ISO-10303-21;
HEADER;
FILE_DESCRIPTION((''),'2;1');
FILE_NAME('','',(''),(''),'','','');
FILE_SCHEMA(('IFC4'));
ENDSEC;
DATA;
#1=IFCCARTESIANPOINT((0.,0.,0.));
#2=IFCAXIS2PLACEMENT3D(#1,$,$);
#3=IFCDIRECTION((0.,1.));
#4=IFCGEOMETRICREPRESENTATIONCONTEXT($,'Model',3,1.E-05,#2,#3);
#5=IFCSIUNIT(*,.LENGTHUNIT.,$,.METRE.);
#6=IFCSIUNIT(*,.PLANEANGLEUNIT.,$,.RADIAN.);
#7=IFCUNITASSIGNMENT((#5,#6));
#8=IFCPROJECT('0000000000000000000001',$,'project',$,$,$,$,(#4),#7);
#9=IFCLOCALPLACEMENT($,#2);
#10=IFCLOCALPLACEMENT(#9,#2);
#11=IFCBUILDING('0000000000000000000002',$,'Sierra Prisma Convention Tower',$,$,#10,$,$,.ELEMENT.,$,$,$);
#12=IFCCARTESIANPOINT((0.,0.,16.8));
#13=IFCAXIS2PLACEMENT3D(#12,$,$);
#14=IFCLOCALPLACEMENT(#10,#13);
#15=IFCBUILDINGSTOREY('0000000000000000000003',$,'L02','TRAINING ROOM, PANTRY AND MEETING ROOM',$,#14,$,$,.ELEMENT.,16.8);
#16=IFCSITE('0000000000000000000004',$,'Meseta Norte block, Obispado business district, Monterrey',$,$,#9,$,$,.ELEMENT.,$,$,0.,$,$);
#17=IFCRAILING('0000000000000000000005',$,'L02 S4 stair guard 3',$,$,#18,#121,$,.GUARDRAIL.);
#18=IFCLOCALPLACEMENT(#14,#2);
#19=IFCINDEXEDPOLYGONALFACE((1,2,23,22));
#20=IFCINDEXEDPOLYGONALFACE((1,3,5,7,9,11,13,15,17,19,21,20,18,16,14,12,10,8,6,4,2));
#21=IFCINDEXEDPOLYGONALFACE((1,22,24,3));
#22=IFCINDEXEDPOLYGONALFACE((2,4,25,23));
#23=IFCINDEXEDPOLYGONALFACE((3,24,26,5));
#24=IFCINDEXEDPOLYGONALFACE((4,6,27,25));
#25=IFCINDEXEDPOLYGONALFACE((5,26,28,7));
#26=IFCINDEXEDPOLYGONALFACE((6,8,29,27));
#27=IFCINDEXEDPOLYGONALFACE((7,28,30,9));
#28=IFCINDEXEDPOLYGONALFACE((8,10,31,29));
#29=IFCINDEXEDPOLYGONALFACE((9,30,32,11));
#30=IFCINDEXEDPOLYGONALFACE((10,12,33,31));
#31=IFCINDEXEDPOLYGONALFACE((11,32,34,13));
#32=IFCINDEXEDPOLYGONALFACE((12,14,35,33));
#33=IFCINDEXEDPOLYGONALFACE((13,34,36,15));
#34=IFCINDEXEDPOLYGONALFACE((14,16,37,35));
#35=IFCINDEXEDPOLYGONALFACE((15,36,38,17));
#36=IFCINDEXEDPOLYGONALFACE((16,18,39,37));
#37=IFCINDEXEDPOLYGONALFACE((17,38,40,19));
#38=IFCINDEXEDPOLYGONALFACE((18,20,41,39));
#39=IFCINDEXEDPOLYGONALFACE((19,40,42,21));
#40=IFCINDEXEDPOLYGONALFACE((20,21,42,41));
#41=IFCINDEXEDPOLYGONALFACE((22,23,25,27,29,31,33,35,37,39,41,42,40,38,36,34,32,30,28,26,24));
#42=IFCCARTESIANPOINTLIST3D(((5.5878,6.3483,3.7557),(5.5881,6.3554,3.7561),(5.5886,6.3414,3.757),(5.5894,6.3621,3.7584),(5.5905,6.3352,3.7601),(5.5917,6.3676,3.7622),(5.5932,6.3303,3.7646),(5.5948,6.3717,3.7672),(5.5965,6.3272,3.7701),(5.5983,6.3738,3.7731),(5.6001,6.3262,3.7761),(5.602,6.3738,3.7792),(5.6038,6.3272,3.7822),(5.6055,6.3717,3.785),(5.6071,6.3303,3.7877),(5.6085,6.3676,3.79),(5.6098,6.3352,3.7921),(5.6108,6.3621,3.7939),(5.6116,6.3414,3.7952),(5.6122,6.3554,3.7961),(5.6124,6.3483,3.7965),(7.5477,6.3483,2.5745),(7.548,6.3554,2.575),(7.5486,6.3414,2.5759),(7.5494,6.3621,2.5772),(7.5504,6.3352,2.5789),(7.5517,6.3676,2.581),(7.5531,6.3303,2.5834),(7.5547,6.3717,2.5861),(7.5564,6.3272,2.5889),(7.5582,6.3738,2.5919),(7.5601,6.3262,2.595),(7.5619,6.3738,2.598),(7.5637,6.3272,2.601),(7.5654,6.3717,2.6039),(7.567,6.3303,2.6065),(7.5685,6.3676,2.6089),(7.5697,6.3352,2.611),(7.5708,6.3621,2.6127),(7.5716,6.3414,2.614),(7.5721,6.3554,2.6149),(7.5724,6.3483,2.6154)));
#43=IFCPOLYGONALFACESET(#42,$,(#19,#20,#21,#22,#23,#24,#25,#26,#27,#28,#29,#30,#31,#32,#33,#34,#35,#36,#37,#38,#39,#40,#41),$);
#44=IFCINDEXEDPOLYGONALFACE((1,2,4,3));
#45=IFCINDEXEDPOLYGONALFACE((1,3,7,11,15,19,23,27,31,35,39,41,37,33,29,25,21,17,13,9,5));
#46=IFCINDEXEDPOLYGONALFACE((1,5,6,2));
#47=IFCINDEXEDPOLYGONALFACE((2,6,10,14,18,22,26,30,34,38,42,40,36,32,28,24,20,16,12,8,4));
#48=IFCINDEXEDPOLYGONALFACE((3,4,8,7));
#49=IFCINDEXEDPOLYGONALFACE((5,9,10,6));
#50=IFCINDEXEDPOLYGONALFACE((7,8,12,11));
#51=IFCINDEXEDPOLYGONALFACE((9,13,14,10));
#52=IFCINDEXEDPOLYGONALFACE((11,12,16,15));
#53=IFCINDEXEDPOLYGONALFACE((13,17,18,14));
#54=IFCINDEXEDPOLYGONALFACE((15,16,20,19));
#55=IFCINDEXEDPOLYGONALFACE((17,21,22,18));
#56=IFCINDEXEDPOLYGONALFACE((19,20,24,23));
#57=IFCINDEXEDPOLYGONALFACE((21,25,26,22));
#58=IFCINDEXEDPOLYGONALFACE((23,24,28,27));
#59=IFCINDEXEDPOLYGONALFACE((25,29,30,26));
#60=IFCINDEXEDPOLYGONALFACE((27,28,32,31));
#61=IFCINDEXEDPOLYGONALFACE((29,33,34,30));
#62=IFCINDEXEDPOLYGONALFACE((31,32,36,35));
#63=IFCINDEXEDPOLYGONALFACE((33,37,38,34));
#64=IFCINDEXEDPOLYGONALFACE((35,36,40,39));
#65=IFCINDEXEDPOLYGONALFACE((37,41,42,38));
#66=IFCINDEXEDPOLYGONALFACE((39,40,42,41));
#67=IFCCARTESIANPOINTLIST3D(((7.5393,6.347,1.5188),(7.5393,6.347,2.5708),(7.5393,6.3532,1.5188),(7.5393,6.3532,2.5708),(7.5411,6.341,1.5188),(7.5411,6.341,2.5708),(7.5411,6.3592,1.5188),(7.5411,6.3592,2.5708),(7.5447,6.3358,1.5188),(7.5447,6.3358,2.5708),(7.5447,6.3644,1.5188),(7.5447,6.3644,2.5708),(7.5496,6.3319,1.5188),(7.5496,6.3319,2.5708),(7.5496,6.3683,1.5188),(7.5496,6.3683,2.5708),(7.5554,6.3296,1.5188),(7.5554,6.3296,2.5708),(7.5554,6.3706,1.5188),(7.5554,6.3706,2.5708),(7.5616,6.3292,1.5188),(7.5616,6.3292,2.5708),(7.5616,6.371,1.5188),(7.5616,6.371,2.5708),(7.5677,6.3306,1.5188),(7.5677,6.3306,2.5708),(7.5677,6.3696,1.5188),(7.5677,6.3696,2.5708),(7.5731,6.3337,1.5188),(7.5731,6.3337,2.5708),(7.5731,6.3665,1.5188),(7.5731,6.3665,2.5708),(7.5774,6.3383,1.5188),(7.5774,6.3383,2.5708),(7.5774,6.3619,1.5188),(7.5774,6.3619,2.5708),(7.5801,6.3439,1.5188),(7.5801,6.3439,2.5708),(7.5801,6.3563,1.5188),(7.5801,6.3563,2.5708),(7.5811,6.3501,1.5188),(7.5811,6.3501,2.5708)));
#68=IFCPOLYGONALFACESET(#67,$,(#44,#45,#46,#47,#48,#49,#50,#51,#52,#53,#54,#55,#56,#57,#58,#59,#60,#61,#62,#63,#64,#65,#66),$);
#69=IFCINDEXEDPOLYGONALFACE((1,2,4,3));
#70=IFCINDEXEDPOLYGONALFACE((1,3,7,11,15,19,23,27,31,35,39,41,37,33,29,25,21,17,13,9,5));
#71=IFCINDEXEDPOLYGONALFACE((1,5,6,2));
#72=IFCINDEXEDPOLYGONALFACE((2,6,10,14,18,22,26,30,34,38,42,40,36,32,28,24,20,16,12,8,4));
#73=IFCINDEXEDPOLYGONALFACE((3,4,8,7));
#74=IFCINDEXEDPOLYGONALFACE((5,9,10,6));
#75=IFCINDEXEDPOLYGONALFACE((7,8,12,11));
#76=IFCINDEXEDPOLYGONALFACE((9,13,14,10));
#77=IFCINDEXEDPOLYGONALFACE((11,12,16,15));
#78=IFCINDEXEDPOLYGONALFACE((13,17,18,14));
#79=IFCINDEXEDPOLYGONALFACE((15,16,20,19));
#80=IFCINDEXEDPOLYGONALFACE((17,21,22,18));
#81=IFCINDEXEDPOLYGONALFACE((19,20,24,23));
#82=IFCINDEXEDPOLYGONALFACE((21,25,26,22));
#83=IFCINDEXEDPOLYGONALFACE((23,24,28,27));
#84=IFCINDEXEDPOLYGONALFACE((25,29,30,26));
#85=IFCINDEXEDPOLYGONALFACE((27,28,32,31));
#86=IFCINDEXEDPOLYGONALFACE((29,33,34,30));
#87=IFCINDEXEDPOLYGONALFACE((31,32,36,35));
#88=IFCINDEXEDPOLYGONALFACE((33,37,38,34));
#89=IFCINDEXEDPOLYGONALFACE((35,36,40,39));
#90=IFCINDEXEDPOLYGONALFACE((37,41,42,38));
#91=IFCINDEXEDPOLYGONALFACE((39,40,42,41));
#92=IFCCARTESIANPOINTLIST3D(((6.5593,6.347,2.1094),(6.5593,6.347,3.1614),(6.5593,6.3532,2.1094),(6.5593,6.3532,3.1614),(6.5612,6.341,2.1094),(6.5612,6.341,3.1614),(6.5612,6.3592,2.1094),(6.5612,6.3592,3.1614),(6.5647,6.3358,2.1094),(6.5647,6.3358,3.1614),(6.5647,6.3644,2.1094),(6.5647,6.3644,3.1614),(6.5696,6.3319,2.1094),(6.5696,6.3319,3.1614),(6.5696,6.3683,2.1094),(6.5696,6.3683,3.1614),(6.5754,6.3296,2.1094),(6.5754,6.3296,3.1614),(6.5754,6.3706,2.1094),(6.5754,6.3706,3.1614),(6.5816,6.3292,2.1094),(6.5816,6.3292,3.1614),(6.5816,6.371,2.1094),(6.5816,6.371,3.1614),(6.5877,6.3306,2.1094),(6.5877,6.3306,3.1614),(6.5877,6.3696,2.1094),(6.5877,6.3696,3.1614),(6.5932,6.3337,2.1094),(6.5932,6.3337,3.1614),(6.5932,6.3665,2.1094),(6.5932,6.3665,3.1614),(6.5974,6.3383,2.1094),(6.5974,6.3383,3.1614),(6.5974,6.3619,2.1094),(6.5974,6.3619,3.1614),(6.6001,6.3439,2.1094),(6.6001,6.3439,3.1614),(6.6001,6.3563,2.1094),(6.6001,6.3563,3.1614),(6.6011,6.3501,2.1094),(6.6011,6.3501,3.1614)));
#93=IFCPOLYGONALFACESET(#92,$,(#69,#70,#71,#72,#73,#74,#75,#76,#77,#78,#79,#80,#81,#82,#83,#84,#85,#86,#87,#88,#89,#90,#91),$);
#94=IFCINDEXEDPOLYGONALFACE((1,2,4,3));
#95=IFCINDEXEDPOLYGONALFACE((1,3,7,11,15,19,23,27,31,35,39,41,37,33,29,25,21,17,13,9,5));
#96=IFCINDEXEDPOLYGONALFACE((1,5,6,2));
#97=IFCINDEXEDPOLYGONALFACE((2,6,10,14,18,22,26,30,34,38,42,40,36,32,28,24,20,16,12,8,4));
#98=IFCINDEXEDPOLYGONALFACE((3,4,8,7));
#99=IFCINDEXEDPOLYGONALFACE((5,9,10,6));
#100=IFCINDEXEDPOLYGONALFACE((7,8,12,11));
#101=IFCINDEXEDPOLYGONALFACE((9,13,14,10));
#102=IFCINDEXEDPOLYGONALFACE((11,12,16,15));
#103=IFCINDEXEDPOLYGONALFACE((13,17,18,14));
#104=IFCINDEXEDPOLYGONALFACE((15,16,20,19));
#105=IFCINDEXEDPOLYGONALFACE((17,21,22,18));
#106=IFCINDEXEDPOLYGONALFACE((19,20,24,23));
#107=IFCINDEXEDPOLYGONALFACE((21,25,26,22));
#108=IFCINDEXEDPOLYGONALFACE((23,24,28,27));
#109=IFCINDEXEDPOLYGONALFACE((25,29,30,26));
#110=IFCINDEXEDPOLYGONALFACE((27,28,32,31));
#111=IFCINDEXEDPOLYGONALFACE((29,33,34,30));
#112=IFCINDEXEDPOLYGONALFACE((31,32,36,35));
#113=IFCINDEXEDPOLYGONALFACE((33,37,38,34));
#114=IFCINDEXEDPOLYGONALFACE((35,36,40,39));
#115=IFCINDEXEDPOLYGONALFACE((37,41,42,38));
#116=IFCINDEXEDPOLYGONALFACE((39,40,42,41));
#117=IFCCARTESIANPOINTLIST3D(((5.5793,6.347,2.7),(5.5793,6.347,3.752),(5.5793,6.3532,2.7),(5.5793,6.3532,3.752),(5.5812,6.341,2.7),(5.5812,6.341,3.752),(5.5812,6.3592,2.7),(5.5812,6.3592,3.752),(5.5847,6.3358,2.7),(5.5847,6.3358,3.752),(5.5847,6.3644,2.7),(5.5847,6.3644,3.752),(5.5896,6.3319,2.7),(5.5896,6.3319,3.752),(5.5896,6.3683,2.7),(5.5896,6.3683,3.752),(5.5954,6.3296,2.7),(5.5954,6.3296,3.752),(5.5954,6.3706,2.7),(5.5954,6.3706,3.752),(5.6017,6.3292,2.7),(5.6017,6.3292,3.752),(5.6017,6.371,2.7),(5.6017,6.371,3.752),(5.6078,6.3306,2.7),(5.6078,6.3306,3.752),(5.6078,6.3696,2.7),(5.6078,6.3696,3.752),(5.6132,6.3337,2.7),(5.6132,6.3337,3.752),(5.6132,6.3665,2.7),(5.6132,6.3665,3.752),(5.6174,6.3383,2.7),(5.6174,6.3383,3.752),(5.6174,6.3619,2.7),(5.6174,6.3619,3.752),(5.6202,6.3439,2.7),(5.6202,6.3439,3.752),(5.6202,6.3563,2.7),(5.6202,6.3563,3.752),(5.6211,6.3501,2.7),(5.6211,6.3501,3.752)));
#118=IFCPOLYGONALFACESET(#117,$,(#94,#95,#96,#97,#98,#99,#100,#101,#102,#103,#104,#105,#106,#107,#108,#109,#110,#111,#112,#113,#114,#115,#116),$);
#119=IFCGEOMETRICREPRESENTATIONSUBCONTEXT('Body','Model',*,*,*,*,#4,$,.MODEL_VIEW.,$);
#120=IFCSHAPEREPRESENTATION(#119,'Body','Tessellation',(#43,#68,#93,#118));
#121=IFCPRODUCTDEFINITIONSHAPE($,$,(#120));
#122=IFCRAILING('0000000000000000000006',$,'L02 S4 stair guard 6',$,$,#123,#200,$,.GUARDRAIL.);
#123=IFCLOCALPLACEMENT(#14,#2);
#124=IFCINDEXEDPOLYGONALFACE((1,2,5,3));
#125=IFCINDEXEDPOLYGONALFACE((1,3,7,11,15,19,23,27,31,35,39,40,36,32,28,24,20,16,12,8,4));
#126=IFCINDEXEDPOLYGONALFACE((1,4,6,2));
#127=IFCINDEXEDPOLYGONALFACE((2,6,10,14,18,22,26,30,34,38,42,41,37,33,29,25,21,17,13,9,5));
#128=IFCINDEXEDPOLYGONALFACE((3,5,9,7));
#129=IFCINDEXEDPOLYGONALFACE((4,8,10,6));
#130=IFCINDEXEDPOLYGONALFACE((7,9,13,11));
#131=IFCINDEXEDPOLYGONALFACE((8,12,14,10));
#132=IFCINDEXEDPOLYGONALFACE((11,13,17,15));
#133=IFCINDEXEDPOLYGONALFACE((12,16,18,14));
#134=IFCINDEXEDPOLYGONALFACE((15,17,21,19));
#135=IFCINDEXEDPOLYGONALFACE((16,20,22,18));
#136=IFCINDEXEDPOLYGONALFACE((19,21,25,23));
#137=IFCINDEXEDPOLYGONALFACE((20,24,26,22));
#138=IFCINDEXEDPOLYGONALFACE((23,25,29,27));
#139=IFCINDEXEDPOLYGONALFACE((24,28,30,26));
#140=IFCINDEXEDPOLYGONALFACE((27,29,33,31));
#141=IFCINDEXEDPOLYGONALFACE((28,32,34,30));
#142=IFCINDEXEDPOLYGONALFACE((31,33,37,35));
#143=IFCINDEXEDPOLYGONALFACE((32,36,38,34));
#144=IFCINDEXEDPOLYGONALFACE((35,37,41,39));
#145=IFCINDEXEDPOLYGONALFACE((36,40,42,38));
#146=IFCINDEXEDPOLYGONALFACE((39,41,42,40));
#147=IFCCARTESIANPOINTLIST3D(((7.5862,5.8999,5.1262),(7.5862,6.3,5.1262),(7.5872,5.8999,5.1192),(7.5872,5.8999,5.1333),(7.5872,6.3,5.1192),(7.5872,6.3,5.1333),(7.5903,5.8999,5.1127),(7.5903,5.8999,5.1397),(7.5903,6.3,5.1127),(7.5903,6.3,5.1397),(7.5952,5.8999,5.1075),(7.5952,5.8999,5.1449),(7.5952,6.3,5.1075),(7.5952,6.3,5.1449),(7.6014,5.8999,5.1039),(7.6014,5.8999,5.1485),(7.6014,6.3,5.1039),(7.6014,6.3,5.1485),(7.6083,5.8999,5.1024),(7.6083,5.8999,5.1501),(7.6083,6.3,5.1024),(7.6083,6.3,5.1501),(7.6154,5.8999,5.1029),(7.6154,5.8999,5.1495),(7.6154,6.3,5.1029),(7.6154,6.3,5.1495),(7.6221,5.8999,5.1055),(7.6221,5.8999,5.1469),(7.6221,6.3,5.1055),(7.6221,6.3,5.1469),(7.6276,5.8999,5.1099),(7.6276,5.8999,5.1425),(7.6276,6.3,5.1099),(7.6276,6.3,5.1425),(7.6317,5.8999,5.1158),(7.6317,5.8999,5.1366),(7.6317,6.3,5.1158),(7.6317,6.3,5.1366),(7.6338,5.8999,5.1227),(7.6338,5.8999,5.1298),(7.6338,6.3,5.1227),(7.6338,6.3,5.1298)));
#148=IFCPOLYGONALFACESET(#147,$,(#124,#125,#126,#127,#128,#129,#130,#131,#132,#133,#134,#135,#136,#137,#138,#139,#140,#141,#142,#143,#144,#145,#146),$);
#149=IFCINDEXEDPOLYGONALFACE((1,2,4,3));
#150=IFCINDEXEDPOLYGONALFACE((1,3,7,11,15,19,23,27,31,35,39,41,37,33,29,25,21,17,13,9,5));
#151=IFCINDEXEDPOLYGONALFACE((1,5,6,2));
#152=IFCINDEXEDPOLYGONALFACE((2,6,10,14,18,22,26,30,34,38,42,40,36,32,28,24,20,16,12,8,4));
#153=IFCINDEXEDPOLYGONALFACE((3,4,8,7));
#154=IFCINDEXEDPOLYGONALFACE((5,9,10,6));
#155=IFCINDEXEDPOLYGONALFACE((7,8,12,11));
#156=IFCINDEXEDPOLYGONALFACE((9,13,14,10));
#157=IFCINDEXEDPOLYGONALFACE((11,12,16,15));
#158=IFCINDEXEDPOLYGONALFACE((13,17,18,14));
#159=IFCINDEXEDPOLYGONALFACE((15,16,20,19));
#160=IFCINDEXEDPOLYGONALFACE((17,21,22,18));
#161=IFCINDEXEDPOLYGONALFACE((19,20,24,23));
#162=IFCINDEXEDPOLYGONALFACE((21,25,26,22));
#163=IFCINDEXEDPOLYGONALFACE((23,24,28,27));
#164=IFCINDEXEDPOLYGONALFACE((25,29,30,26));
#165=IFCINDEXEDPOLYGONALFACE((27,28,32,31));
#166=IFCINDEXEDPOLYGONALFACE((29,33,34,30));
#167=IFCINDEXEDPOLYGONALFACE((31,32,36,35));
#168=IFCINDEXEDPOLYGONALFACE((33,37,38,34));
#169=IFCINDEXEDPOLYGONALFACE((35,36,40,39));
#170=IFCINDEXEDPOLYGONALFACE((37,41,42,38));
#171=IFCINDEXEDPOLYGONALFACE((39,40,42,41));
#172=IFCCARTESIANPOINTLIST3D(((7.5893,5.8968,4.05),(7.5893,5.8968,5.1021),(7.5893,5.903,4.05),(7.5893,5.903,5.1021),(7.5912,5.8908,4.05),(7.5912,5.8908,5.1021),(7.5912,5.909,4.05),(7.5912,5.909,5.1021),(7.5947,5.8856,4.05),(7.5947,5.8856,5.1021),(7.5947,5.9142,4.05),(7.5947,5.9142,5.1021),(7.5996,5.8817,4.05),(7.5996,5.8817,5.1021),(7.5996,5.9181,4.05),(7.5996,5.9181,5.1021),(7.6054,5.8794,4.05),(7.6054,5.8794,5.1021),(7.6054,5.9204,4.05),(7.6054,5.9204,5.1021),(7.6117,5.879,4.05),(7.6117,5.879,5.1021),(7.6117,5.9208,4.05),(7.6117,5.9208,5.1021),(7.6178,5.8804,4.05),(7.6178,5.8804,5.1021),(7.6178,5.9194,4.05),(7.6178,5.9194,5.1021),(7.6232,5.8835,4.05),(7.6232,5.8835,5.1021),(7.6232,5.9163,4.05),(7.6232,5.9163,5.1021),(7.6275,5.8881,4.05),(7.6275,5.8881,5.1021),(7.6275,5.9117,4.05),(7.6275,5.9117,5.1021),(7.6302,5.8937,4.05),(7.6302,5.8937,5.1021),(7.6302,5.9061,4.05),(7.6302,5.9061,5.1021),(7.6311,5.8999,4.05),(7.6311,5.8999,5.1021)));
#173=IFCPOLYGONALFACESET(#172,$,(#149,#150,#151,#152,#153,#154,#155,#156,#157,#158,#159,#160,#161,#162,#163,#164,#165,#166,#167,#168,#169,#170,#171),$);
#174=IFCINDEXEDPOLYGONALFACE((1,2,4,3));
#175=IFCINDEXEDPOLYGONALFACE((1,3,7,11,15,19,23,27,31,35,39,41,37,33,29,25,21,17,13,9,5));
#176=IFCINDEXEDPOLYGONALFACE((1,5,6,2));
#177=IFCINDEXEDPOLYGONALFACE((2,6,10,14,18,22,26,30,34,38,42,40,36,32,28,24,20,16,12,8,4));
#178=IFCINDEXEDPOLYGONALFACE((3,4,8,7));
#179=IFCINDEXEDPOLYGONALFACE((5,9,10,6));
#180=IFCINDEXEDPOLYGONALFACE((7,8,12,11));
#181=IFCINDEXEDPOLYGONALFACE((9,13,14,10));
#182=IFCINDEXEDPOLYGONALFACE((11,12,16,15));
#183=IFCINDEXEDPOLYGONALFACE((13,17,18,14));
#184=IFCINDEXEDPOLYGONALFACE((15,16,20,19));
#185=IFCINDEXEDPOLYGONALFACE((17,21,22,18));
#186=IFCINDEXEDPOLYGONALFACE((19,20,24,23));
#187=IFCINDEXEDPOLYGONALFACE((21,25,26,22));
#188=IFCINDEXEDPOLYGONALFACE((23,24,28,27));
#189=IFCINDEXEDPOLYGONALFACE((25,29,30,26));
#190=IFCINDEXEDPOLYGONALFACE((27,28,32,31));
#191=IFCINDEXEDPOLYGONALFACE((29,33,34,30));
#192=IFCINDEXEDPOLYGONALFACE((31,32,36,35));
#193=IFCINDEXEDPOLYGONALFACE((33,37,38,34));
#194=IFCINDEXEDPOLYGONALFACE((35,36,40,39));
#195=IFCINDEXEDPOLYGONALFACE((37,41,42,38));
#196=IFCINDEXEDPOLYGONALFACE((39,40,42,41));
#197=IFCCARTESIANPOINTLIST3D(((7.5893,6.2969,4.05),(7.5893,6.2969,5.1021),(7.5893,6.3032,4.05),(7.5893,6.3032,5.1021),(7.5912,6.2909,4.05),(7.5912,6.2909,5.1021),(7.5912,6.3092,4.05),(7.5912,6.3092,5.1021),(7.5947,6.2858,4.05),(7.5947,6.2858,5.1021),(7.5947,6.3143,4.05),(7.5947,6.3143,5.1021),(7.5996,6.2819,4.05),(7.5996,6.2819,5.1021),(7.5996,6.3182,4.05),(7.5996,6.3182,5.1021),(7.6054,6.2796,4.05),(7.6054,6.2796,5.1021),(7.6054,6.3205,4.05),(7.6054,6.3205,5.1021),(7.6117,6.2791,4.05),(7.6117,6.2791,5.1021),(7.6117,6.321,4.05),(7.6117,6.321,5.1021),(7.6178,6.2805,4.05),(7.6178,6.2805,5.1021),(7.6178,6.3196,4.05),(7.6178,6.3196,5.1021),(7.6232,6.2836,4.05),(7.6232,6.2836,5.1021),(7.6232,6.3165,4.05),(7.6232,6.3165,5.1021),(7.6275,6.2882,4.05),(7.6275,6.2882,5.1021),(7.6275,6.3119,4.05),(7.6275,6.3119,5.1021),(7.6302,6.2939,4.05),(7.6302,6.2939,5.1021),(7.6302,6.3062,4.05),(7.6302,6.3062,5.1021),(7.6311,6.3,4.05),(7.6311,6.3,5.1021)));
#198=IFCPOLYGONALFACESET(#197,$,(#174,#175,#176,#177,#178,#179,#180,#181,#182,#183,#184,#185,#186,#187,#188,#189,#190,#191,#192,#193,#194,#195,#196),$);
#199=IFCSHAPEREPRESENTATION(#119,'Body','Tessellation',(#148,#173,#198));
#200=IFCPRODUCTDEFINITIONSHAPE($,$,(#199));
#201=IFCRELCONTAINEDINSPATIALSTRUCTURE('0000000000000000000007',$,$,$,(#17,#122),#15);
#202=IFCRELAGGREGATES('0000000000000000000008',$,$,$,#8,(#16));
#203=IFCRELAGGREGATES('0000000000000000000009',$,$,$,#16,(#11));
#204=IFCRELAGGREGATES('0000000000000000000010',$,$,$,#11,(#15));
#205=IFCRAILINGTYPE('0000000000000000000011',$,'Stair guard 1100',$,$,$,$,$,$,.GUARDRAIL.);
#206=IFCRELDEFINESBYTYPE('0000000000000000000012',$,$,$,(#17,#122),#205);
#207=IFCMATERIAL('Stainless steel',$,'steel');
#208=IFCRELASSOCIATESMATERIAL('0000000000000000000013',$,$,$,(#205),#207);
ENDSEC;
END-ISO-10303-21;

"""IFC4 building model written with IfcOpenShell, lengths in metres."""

from ifc_helpers import new_model, si_unit, direction, frame, origin, origin_2d, place, context, subcontext, project, spatial, circle, extrude, material, type_object, element, save


model = new_model("IFC4")

# Units and contexts
model_context = context("Model", 3, precision=1e-05, world=origin(), true_north=direction((0.0, 1.0)))
body_context = subcontext(model_context, "Body", "Model", "MODEL_VIEW")
ifc_project = project(units=[si_unit("LENGTHUNIT", "METRE"), si_unit("PLANEANGLEUNIT", "RADIAN")], contexts=[model_context])

# Site, building, storey
site_placement = place(None, origin())
site = spatial("IfcSite", under=ifc_project, at=site_placement, Name="Meseta Norte block, Obispado business district, Monterrey", CompositionType="ELEMENT", RefElevation=0.0)
building_placement = place(site_placement, origin())
building = spatial("IfcBuilding", under=site, at=building_placement, Name="Sierra Prisma Convention Tower", CompositionType="ELEMENT")
storey_placement = place(building_placement, frame((0.0, 0.0, 16.8)))
storey = spatial("IfcBuildingStorey", under=building, at=storey_placement, Name="L02", Description="TRAINING ROOM, PANTRY AND MEETING ROOM", CompositionType="ELEMENT", Elevation=16.8)

# Railings
ifc_material_1 = material(Name="Stainless steel", Category="steel")
railing_type_1 = type_object("IfcRailingType", Name="Stair guard 1100", PredefinedType="GUARDRAIL", material=ifc_material_1)
railing_1_placement = place(storey_placement, frame((7.5601, 6.3501, 1.5188)))
element("IfcRailing", 1, at=railing_1_placement, inside=storey, type_object=railing_type_1, Name="L02 S4 stair guard 3", PredefinedType="GUARDRAIL", context=body_context, shape_type="SweptSolid", body=[
    extrude(circle(Radius=0.0239, at=origin_2d()), frame((0.0, 0.0, 1.0762), z_axis=(-0.856493, 0.0, 0.516158), x_axis=(0.0, -1.0, 0.0)), (0.0, 0.0, 1.0), 2.2883),
    extrude(circle(Radius=0.021, at=origin_2d()), origin(), (0.0, 0.0, 1.0), 1.052),
    extrude(circle(Radius=0.021, at=origin_2d()), frame((-0.98, 0.0, 0.5906)), (0.0, 0.0, 1.0), 1.052),
    extrude(circle(Radius=0.021, at=origin_2d()), frame((-1.96, 0.0, 1.1812)), (0.0, 0.0, 1.0), 1.052),
])
railing_2_placement = place(storey_placement, frame((7.6101, 5.8999, 4.05)))
element("IfcRailing", 2, at=railing_2_placement, inside=storey, type_object=railing_type_1, Name="L02 S4 stair guard 6", PredefinedType="GUARDRAIL", context=body_context, shape_type="SweptSolid", body=[
    extrude(circle(Radius=0.0239, at=origin_2d()), frame((0.0, 0.0, 1.0762), z_axis=(0.0, 1.0, 0.0), x_axis=(-1.0, 0.0, 0.0)), (0.0, 0.0, 1.0), 0.4001),
    extrude(circle(Radius=0.021, at=origin_2d()), origin(), (0.0, 0.0, 1.0), 1.052),
    extrude(circle(Radius=0.021, at=origin_2d()), frame((0.0, 0.4001, 0.0)), (0.0, 0.0, 1.0), 1.052),
])

save(model, "model.ifc")
